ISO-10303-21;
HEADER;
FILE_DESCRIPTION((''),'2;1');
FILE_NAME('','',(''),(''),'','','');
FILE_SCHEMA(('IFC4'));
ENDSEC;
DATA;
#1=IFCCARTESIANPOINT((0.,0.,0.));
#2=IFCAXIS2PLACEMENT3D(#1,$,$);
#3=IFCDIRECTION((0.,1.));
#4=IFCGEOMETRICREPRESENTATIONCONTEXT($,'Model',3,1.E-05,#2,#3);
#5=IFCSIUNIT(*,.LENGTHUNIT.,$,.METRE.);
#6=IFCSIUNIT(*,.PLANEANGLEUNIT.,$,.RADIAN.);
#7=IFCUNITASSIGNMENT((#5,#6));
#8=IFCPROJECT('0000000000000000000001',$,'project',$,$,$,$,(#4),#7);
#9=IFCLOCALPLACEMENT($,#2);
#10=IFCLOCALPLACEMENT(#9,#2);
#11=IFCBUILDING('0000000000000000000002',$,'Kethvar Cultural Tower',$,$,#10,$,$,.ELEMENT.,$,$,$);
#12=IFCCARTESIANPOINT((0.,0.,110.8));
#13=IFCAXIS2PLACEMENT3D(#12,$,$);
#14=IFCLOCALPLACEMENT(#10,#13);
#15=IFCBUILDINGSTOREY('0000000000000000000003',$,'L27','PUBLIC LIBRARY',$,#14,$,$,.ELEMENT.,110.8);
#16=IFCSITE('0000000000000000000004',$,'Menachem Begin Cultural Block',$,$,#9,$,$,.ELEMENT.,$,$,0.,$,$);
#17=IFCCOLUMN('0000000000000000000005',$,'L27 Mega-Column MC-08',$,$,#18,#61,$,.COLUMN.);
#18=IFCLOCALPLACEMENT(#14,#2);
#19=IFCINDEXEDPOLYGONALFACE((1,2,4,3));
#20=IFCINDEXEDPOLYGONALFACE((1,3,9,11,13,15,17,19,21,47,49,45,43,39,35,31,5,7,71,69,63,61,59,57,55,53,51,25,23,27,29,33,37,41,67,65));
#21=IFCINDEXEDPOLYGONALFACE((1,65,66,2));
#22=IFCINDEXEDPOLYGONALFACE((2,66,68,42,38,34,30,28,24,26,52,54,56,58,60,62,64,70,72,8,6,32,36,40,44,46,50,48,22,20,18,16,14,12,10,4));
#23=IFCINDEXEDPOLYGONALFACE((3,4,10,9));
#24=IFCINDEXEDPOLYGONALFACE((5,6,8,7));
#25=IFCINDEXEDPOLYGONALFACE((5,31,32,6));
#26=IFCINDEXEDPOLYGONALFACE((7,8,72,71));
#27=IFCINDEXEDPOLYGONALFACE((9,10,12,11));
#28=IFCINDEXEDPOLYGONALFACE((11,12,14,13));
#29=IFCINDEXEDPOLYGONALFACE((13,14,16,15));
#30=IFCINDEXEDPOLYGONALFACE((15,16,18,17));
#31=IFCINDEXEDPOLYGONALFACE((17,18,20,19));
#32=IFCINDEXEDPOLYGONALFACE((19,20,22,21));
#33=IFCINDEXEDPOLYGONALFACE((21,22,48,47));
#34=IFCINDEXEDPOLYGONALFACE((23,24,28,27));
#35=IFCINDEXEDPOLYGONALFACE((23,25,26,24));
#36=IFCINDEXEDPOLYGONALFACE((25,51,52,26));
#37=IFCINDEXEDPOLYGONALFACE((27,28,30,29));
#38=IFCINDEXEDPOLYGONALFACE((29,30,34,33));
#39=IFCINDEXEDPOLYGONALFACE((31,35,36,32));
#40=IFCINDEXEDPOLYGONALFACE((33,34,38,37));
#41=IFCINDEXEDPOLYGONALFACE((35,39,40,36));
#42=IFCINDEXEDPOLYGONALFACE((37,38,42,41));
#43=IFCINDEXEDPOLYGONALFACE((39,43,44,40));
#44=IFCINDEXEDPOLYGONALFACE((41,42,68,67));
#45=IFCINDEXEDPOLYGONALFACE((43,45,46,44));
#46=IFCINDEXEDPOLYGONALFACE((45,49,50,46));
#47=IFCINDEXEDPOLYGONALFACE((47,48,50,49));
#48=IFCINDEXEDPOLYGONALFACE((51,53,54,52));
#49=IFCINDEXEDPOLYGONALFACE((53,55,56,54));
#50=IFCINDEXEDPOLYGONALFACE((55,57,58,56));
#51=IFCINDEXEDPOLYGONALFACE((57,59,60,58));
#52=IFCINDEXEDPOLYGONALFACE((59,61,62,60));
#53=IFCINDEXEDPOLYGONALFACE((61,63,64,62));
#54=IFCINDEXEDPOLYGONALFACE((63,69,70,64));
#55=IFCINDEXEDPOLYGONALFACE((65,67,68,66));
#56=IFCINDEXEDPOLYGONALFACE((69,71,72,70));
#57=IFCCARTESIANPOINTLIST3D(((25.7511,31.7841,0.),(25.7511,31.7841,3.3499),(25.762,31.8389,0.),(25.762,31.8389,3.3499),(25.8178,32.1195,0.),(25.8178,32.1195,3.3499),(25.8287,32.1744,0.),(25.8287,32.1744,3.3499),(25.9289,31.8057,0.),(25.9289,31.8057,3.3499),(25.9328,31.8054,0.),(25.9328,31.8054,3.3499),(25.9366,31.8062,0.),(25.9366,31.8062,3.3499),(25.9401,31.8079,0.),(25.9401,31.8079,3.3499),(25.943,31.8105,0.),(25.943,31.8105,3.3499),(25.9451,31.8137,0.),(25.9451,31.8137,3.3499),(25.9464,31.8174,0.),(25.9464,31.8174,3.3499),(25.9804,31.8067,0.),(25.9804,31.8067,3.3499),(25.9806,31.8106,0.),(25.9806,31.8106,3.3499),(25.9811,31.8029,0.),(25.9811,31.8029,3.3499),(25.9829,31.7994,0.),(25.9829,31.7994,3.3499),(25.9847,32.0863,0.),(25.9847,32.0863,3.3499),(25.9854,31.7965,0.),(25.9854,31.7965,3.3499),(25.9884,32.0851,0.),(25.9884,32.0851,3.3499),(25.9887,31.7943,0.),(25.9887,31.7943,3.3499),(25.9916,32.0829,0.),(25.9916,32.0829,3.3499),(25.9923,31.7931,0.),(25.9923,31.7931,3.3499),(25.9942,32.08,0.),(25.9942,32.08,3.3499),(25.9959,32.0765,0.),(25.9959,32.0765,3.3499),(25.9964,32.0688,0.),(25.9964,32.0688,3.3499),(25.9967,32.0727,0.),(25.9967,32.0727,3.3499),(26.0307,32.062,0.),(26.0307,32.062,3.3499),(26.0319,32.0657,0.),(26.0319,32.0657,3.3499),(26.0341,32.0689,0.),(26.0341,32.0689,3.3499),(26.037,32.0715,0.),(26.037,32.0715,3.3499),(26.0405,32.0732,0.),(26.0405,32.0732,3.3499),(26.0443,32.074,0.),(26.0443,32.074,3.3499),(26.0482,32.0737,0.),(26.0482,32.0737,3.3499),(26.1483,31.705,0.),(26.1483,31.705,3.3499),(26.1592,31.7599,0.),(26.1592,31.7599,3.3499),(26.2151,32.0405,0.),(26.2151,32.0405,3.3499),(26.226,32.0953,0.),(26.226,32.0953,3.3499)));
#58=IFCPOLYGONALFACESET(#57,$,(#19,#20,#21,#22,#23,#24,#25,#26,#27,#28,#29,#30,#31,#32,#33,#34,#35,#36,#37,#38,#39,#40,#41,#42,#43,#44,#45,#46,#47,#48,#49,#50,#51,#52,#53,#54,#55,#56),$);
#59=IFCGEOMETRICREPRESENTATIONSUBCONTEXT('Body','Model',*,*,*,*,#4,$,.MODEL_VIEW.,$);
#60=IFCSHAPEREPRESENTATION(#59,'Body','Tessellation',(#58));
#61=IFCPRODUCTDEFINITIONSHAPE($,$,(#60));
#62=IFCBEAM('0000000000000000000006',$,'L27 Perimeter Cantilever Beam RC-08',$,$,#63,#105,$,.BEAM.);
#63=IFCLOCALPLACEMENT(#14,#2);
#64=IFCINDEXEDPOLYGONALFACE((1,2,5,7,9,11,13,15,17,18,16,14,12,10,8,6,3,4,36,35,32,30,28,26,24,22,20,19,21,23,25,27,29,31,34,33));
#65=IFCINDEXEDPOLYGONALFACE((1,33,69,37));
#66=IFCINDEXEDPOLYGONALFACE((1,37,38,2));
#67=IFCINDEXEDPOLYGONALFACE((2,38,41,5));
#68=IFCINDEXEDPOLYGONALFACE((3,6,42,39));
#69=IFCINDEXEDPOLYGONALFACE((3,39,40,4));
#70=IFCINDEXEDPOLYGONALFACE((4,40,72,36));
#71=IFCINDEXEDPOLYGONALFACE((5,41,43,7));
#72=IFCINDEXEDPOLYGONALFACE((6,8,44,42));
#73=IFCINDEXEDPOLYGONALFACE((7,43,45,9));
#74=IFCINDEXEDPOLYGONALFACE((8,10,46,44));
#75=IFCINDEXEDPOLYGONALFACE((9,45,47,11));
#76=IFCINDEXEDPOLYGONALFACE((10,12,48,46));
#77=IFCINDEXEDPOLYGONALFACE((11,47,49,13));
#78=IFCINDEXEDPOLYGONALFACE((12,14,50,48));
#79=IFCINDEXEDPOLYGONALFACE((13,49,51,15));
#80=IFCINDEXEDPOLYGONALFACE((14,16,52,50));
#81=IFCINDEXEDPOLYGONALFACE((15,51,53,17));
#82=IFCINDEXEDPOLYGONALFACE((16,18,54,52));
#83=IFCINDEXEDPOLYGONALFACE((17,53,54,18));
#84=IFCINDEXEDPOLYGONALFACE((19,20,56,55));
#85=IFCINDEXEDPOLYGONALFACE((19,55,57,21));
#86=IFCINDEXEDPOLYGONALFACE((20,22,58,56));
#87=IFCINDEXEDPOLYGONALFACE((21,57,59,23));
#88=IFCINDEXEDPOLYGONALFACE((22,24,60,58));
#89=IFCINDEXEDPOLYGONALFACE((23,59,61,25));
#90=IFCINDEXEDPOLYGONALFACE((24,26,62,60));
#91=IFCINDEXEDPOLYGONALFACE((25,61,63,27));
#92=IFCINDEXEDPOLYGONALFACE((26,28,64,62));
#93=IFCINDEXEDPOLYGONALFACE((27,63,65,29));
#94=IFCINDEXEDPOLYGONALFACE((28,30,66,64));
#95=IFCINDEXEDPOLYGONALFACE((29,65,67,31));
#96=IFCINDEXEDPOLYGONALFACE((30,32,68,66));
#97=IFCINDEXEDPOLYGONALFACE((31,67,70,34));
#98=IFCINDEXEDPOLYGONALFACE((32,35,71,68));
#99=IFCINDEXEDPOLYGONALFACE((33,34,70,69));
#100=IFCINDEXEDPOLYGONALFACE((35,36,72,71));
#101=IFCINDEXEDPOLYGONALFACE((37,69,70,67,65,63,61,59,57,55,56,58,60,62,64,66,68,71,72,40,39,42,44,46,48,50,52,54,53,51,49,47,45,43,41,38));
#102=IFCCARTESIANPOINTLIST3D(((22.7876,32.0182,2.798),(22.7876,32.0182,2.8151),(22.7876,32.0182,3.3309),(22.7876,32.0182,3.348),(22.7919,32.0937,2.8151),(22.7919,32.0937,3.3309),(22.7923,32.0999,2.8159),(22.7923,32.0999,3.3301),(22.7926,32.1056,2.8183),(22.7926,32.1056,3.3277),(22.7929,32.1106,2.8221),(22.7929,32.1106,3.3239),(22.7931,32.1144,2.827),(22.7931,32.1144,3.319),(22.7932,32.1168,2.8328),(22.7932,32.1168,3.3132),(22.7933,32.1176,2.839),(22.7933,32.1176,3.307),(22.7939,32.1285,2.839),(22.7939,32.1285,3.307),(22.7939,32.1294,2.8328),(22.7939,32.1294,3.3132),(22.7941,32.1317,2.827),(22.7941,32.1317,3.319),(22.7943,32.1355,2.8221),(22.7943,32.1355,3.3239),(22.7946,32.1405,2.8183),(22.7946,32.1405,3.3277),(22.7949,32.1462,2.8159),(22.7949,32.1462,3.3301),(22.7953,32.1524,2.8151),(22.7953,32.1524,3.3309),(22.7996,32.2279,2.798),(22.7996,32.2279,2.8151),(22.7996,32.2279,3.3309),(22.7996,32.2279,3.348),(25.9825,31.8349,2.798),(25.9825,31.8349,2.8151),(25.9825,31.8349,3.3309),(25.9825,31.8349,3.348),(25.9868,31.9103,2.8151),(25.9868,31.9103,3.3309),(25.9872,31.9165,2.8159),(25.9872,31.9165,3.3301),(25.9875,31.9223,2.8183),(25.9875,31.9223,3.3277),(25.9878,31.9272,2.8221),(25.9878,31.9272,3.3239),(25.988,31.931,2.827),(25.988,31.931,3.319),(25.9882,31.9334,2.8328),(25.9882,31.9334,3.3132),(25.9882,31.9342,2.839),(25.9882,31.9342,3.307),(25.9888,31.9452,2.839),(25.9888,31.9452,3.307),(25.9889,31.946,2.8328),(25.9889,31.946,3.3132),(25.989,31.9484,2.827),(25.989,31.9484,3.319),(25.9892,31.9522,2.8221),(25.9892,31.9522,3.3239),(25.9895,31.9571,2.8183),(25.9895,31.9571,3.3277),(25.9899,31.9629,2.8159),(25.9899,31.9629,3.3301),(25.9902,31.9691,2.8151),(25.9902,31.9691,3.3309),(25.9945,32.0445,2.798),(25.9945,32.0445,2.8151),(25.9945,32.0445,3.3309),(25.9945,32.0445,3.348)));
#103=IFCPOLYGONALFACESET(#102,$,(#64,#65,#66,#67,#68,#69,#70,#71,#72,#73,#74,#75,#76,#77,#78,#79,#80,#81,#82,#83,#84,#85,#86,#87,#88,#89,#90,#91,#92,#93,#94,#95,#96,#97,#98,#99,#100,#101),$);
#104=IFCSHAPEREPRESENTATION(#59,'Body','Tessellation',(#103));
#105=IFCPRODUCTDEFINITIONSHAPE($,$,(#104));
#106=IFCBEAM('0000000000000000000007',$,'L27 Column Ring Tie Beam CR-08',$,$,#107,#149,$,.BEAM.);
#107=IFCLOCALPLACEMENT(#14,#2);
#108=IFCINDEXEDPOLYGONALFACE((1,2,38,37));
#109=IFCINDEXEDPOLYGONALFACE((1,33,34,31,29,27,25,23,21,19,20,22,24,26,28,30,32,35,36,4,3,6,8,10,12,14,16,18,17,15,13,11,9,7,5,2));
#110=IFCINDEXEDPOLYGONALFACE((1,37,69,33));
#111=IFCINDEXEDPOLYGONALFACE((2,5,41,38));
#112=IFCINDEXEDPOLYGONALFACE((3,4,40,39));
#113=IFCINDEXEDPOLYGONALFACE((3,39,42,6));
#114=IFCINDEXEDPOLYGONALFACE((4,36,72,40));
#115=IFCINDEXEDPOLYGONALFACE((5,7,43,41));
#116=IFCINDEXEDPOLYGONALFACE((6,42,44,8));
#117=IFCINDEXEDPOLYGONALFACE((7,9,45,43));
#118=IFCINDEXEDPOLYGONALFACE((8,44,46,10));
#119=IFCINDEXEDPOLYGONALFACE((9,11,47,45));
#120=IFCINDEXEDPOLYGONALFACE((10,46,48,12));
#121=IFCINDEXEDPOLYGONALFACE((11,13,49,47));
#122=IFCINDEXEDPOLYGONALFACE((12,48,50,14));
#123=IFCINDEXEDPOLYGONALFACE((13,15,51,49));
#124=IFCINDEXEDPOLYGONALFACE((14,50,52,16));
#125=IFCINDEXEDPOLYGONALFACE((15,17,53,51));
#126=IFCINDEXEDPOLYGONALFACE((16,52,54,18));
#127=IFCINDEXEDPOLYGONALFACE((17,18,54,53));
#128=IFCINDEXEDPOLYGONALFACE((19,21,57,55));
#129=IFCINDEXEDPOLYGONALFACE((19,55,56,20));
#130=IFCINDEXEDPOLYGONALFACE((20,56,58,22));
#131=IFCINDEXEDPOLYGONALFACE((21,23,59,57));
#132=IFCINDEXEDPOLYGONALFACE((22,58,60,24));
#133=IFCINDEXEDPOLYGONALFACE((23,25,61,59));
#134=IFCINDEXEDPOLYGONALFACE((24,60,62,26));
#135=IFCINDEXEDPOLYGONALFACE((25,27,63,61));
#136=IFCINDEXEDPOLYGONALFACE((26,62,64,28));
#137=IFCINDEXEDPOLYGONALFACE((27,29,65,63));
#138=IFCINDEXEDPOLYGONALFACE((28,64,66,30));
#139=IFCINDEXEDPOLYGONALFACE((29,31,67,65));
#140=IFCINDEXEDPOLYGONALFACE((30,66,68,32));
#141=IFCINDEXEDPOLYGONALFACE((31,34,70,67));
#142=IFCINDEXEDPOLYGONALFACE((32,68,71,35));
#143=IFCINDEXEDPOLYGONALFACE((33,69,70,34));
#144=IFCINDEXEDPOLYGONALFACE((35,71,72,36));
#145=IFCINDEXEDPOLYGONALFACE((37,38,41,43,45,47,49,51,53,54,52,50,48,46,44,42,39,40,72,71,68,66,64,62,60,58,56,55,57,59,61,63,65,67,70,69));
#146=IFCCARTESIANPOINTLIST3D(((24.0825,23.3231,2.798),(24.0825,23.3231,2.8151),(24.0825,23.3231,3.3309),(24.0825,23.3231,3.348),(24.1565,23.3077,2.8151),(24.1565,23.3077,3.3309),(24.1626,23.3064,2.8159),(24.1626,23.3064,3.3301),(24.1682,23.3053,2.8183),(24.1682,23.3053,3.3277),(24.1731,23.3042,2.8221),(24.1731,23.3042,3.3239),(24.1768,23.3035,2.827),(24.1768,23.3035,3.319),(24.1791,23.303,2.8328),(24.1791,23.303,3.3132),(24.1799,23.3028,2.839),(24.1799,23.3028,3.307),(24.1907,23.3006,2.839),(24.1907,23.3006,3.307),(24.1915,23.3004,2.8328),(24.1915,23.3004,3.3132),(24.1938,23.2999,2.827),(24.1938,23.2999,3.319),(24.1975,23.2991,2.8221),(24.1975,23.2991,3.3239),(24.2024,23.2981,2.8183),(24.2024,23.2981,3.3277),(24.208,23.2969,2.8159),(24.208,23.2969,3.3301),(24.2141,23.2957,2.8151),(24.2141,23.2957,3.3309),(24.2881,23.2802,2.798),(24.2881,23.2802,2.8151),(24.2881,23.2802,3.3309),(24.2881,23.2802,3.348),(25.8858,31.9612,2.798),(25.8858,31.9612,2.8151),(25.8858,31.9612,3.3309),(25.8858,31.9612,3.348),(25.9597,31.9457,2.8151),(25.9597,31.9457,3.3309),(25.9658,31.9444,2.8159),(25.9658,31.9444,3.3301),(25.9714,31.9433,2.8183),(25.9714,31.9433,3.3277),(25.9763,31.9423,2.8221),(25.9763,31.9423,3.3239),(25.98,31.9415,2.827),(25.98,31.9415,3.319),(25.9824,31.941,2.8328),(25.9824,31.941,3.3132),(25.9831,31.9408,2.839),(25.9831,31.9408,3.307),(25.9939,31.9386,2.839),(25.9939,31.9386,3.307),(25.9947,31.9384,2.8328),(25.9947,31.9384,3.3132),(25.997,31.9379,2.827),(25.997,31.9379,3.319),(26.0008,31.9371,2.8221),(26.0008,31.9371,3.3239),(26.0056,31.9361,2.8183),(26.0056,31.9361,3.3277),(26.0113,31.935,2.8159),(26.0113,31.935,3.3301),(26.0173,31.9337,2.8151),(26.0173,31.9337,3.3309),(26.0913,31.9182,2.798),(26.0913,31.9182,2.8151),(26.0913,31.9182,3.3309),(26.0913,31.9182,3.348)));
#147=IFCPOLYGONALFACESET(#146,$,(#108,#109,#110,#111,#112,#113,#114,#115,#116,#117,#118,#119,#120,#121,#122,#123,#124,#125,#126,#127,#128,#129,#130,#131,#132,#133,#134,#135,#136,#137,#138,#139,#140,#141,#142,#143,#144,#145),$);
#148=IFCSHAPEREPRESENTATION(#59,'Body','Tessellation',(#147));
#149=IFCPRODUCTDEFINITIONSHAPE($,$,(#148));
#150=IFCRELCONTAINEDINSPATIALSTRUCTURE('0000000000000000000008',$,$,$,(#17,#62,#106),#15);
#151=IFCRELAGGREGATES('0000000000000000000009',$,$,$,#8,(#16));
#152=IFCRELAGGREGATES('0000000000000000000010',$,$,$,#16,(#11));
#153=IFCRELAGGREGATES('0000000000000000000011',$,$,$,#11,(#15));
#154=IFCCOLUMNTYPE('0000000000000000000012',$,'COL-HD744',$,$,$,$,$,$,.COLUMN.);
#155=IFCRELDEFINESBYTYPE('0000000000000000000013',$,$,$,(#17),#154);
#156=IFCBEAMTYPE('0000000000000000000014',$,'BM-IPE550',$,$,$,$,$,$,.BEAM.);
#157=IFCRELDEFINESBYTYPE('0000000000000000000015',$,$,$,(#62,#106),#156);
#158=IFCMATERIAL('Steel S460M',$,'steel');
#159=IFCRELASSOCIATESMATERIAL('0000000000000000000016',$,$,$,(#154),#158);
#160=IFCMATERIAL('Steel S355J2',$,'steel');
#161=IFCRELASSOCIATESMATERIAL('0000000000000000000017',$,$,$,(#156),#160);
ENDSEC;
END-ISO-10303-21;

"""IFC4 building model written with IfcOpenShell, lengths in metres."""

from ifc_helpers import new_model, si_unit, direction, frame, origin, origin_2d, place, context, subcontext, project, spatial, i_section, extrude, source, transform, mapped, material, material_profile, profile_set, type_object, element, save


model = new_model("IFC4")

# Units and contexts
model_context = context("Model", 3, precision=1e-05, world=origin(), true_north=direction((0.0, 1.0)))
body_context = subcontext(model_context, "Body", "Model", "MODEL_VIEW")
ifc_project = project(units=[si_unit("LENGTHUNIT", "METRE"), si_unit("PLANEANGLEUNIT", "RADIAN")], contexts=[model_context])

# Site, building, storey
site_placement = place(None, origin())
site = spatial("IfcSite", under=ifc_project, at=site_placement, Name="Menachem Begin Cultural Block", CompositionType="ELEMENT", RefElevation=0.0)
building_placement = place(site_placement, origin())
building = spatial("IfcBuilding", under=site, at=building_placement, Name="Kethvar Cultural Tower", CompositionType="ELEMENT")
storey_placement = place(building_placement, frame((0.0, 0.0, 110.8)))
storey = spatial("IfcBuildingStorey", under=building, at=storey_placement, Name="L27", Description="PUBLIC LIBRARY", CompositionType="ELEMENT", Elevation=110.8)

# Column
ifc_material_1 = material(Name="Steel S460M", Category="steel")
ifc_material_profile_1 = material_profile(ifc_material_1, i_section(OverallWidth=0.405, OverallDepth=0.3979, WebThickness=0.0349, FlangeThickness=0.0559, FilletRadius=0.0149, at=origin_2d()), Name="Steel S460M — HD400x744")
ifc_profile_set_1 = profile_set([ifc_material_profile_1], Name="Steel S460M — HD400x744")
column_type = type_object("IfcColumnType", Name="COL-HD744", PredefinedType="COLUMN", material=ifc_profile_set_1)
shared_shape_1 = source(origin(), body_context, "Body", "SweptSolid", [
    extrude(i_section(OverallWidth=0.405, OverallDepth=0.3979, WebThickness=0.0349, FlangeThickness=0.0559, FilletRadius=0.0149, at=origin_2d()), origin(), (0.0, 0.0, 1.0), 3.3499),
])
column_placement = place(storey_placement, frame((25.9885, 31.9397, 0.0), z_axis=(0.0, 0.0, 1.0), x_axis=(-0.980785, 0.19509, 0.0)))
element("IfcColumn", 1, at=column_placement, inside=storey, type_object=column_type, Name="L27 Mega-Column MC-08", PredefinedType="COLUMN", context=body_context, shape_type="MappedRepresentation", body=[
    mapped(shared_shape_1, transform((0.0, 0.0, 0.0), scale=1.0)),
])

# Beams
ifc_material_2 = material(Name="Steel S355J2", Category="steel")
ifc_material_profile_2 = material_profile(ifc_material_2, i_section(OverallWidth=0.21, OverallDepth=0.55, WebThickness=0.011, FlangeThickness=0.0171, FilletRadius=0.0239, at=origin_2d()), Name="Steel S355J2 — IPE550")
ifc_profile_set_2 = profile_set([ifc_material_profile_2], Name="Steel S355J2 — IPE550")
beam_type_1 = type_object("IfcBeamType", Name="BM-IPE550", PredefinedType="BEAM", material=ifc_profile_set_2)
shared_shape_2 = source(origin(), body_context, "Body", "SweptSolid", [
    extrude(i_section(OverallWidth=0.21, OverallDepth=0.55, WebThickness=0.011, FlangeThickness=0.0171, FilletRadius=0.0239, at=origin_2d()), origin(), (0.0, 0.0, 1.0), 3.2002),
])
beam_1_placement = place(storey_placement, frame((25.9885, 31.9397, 3.073), z_axis=(-0.998357, 0.057295, 0.0), x_axis=(-0.057295, -0.998357, 0.0)))
element("IfcBeam", 2, at=beam_1_placement, inside=storey, type_object=beam_type_1, Name="L27 Perimeter Cantilever Beam RC-08", PredefinedType="BEAM", context=body_context, shape_type="MappedRepresentation", body=[
    mapped(shared_shape_2, transform((0.0, 0.0, 0.0), scale=1.0)),
])
shared_shape_3 = source(origin(), body_context, "Body", "SweptSolid", [
    extrude(i_section(OverallWidth=0.21, OverallDepth=0.55, WebThickness=0.011, FlangeThickness=0.0171, FilletRadius=0.0239, at=origin_2d()), origin(), (0.0, 0.0, 1.0), 8.8242),
])
beam_2_placement = place(storey_placement, frame((25.9885, 31.9397, 3.073), z_axis=(-0.204351, -0.978898, 0.0), x_axis=(0.978898, -0.204351, 0.0)))
element("IfcBeam", 3, at=beam_2_placement, inside=storey, type_object=beam_type_1, Name="L27 Column Ring Tie Beam CR-08", PredefinedType="BEAM", context=body_context, shape_type="MappedRepresentation", body=[
    mapped(shared_shape_3, transform((0.0, 0.0, 0.0), scale=1.0)),
])

save(model, "model.ifc")
